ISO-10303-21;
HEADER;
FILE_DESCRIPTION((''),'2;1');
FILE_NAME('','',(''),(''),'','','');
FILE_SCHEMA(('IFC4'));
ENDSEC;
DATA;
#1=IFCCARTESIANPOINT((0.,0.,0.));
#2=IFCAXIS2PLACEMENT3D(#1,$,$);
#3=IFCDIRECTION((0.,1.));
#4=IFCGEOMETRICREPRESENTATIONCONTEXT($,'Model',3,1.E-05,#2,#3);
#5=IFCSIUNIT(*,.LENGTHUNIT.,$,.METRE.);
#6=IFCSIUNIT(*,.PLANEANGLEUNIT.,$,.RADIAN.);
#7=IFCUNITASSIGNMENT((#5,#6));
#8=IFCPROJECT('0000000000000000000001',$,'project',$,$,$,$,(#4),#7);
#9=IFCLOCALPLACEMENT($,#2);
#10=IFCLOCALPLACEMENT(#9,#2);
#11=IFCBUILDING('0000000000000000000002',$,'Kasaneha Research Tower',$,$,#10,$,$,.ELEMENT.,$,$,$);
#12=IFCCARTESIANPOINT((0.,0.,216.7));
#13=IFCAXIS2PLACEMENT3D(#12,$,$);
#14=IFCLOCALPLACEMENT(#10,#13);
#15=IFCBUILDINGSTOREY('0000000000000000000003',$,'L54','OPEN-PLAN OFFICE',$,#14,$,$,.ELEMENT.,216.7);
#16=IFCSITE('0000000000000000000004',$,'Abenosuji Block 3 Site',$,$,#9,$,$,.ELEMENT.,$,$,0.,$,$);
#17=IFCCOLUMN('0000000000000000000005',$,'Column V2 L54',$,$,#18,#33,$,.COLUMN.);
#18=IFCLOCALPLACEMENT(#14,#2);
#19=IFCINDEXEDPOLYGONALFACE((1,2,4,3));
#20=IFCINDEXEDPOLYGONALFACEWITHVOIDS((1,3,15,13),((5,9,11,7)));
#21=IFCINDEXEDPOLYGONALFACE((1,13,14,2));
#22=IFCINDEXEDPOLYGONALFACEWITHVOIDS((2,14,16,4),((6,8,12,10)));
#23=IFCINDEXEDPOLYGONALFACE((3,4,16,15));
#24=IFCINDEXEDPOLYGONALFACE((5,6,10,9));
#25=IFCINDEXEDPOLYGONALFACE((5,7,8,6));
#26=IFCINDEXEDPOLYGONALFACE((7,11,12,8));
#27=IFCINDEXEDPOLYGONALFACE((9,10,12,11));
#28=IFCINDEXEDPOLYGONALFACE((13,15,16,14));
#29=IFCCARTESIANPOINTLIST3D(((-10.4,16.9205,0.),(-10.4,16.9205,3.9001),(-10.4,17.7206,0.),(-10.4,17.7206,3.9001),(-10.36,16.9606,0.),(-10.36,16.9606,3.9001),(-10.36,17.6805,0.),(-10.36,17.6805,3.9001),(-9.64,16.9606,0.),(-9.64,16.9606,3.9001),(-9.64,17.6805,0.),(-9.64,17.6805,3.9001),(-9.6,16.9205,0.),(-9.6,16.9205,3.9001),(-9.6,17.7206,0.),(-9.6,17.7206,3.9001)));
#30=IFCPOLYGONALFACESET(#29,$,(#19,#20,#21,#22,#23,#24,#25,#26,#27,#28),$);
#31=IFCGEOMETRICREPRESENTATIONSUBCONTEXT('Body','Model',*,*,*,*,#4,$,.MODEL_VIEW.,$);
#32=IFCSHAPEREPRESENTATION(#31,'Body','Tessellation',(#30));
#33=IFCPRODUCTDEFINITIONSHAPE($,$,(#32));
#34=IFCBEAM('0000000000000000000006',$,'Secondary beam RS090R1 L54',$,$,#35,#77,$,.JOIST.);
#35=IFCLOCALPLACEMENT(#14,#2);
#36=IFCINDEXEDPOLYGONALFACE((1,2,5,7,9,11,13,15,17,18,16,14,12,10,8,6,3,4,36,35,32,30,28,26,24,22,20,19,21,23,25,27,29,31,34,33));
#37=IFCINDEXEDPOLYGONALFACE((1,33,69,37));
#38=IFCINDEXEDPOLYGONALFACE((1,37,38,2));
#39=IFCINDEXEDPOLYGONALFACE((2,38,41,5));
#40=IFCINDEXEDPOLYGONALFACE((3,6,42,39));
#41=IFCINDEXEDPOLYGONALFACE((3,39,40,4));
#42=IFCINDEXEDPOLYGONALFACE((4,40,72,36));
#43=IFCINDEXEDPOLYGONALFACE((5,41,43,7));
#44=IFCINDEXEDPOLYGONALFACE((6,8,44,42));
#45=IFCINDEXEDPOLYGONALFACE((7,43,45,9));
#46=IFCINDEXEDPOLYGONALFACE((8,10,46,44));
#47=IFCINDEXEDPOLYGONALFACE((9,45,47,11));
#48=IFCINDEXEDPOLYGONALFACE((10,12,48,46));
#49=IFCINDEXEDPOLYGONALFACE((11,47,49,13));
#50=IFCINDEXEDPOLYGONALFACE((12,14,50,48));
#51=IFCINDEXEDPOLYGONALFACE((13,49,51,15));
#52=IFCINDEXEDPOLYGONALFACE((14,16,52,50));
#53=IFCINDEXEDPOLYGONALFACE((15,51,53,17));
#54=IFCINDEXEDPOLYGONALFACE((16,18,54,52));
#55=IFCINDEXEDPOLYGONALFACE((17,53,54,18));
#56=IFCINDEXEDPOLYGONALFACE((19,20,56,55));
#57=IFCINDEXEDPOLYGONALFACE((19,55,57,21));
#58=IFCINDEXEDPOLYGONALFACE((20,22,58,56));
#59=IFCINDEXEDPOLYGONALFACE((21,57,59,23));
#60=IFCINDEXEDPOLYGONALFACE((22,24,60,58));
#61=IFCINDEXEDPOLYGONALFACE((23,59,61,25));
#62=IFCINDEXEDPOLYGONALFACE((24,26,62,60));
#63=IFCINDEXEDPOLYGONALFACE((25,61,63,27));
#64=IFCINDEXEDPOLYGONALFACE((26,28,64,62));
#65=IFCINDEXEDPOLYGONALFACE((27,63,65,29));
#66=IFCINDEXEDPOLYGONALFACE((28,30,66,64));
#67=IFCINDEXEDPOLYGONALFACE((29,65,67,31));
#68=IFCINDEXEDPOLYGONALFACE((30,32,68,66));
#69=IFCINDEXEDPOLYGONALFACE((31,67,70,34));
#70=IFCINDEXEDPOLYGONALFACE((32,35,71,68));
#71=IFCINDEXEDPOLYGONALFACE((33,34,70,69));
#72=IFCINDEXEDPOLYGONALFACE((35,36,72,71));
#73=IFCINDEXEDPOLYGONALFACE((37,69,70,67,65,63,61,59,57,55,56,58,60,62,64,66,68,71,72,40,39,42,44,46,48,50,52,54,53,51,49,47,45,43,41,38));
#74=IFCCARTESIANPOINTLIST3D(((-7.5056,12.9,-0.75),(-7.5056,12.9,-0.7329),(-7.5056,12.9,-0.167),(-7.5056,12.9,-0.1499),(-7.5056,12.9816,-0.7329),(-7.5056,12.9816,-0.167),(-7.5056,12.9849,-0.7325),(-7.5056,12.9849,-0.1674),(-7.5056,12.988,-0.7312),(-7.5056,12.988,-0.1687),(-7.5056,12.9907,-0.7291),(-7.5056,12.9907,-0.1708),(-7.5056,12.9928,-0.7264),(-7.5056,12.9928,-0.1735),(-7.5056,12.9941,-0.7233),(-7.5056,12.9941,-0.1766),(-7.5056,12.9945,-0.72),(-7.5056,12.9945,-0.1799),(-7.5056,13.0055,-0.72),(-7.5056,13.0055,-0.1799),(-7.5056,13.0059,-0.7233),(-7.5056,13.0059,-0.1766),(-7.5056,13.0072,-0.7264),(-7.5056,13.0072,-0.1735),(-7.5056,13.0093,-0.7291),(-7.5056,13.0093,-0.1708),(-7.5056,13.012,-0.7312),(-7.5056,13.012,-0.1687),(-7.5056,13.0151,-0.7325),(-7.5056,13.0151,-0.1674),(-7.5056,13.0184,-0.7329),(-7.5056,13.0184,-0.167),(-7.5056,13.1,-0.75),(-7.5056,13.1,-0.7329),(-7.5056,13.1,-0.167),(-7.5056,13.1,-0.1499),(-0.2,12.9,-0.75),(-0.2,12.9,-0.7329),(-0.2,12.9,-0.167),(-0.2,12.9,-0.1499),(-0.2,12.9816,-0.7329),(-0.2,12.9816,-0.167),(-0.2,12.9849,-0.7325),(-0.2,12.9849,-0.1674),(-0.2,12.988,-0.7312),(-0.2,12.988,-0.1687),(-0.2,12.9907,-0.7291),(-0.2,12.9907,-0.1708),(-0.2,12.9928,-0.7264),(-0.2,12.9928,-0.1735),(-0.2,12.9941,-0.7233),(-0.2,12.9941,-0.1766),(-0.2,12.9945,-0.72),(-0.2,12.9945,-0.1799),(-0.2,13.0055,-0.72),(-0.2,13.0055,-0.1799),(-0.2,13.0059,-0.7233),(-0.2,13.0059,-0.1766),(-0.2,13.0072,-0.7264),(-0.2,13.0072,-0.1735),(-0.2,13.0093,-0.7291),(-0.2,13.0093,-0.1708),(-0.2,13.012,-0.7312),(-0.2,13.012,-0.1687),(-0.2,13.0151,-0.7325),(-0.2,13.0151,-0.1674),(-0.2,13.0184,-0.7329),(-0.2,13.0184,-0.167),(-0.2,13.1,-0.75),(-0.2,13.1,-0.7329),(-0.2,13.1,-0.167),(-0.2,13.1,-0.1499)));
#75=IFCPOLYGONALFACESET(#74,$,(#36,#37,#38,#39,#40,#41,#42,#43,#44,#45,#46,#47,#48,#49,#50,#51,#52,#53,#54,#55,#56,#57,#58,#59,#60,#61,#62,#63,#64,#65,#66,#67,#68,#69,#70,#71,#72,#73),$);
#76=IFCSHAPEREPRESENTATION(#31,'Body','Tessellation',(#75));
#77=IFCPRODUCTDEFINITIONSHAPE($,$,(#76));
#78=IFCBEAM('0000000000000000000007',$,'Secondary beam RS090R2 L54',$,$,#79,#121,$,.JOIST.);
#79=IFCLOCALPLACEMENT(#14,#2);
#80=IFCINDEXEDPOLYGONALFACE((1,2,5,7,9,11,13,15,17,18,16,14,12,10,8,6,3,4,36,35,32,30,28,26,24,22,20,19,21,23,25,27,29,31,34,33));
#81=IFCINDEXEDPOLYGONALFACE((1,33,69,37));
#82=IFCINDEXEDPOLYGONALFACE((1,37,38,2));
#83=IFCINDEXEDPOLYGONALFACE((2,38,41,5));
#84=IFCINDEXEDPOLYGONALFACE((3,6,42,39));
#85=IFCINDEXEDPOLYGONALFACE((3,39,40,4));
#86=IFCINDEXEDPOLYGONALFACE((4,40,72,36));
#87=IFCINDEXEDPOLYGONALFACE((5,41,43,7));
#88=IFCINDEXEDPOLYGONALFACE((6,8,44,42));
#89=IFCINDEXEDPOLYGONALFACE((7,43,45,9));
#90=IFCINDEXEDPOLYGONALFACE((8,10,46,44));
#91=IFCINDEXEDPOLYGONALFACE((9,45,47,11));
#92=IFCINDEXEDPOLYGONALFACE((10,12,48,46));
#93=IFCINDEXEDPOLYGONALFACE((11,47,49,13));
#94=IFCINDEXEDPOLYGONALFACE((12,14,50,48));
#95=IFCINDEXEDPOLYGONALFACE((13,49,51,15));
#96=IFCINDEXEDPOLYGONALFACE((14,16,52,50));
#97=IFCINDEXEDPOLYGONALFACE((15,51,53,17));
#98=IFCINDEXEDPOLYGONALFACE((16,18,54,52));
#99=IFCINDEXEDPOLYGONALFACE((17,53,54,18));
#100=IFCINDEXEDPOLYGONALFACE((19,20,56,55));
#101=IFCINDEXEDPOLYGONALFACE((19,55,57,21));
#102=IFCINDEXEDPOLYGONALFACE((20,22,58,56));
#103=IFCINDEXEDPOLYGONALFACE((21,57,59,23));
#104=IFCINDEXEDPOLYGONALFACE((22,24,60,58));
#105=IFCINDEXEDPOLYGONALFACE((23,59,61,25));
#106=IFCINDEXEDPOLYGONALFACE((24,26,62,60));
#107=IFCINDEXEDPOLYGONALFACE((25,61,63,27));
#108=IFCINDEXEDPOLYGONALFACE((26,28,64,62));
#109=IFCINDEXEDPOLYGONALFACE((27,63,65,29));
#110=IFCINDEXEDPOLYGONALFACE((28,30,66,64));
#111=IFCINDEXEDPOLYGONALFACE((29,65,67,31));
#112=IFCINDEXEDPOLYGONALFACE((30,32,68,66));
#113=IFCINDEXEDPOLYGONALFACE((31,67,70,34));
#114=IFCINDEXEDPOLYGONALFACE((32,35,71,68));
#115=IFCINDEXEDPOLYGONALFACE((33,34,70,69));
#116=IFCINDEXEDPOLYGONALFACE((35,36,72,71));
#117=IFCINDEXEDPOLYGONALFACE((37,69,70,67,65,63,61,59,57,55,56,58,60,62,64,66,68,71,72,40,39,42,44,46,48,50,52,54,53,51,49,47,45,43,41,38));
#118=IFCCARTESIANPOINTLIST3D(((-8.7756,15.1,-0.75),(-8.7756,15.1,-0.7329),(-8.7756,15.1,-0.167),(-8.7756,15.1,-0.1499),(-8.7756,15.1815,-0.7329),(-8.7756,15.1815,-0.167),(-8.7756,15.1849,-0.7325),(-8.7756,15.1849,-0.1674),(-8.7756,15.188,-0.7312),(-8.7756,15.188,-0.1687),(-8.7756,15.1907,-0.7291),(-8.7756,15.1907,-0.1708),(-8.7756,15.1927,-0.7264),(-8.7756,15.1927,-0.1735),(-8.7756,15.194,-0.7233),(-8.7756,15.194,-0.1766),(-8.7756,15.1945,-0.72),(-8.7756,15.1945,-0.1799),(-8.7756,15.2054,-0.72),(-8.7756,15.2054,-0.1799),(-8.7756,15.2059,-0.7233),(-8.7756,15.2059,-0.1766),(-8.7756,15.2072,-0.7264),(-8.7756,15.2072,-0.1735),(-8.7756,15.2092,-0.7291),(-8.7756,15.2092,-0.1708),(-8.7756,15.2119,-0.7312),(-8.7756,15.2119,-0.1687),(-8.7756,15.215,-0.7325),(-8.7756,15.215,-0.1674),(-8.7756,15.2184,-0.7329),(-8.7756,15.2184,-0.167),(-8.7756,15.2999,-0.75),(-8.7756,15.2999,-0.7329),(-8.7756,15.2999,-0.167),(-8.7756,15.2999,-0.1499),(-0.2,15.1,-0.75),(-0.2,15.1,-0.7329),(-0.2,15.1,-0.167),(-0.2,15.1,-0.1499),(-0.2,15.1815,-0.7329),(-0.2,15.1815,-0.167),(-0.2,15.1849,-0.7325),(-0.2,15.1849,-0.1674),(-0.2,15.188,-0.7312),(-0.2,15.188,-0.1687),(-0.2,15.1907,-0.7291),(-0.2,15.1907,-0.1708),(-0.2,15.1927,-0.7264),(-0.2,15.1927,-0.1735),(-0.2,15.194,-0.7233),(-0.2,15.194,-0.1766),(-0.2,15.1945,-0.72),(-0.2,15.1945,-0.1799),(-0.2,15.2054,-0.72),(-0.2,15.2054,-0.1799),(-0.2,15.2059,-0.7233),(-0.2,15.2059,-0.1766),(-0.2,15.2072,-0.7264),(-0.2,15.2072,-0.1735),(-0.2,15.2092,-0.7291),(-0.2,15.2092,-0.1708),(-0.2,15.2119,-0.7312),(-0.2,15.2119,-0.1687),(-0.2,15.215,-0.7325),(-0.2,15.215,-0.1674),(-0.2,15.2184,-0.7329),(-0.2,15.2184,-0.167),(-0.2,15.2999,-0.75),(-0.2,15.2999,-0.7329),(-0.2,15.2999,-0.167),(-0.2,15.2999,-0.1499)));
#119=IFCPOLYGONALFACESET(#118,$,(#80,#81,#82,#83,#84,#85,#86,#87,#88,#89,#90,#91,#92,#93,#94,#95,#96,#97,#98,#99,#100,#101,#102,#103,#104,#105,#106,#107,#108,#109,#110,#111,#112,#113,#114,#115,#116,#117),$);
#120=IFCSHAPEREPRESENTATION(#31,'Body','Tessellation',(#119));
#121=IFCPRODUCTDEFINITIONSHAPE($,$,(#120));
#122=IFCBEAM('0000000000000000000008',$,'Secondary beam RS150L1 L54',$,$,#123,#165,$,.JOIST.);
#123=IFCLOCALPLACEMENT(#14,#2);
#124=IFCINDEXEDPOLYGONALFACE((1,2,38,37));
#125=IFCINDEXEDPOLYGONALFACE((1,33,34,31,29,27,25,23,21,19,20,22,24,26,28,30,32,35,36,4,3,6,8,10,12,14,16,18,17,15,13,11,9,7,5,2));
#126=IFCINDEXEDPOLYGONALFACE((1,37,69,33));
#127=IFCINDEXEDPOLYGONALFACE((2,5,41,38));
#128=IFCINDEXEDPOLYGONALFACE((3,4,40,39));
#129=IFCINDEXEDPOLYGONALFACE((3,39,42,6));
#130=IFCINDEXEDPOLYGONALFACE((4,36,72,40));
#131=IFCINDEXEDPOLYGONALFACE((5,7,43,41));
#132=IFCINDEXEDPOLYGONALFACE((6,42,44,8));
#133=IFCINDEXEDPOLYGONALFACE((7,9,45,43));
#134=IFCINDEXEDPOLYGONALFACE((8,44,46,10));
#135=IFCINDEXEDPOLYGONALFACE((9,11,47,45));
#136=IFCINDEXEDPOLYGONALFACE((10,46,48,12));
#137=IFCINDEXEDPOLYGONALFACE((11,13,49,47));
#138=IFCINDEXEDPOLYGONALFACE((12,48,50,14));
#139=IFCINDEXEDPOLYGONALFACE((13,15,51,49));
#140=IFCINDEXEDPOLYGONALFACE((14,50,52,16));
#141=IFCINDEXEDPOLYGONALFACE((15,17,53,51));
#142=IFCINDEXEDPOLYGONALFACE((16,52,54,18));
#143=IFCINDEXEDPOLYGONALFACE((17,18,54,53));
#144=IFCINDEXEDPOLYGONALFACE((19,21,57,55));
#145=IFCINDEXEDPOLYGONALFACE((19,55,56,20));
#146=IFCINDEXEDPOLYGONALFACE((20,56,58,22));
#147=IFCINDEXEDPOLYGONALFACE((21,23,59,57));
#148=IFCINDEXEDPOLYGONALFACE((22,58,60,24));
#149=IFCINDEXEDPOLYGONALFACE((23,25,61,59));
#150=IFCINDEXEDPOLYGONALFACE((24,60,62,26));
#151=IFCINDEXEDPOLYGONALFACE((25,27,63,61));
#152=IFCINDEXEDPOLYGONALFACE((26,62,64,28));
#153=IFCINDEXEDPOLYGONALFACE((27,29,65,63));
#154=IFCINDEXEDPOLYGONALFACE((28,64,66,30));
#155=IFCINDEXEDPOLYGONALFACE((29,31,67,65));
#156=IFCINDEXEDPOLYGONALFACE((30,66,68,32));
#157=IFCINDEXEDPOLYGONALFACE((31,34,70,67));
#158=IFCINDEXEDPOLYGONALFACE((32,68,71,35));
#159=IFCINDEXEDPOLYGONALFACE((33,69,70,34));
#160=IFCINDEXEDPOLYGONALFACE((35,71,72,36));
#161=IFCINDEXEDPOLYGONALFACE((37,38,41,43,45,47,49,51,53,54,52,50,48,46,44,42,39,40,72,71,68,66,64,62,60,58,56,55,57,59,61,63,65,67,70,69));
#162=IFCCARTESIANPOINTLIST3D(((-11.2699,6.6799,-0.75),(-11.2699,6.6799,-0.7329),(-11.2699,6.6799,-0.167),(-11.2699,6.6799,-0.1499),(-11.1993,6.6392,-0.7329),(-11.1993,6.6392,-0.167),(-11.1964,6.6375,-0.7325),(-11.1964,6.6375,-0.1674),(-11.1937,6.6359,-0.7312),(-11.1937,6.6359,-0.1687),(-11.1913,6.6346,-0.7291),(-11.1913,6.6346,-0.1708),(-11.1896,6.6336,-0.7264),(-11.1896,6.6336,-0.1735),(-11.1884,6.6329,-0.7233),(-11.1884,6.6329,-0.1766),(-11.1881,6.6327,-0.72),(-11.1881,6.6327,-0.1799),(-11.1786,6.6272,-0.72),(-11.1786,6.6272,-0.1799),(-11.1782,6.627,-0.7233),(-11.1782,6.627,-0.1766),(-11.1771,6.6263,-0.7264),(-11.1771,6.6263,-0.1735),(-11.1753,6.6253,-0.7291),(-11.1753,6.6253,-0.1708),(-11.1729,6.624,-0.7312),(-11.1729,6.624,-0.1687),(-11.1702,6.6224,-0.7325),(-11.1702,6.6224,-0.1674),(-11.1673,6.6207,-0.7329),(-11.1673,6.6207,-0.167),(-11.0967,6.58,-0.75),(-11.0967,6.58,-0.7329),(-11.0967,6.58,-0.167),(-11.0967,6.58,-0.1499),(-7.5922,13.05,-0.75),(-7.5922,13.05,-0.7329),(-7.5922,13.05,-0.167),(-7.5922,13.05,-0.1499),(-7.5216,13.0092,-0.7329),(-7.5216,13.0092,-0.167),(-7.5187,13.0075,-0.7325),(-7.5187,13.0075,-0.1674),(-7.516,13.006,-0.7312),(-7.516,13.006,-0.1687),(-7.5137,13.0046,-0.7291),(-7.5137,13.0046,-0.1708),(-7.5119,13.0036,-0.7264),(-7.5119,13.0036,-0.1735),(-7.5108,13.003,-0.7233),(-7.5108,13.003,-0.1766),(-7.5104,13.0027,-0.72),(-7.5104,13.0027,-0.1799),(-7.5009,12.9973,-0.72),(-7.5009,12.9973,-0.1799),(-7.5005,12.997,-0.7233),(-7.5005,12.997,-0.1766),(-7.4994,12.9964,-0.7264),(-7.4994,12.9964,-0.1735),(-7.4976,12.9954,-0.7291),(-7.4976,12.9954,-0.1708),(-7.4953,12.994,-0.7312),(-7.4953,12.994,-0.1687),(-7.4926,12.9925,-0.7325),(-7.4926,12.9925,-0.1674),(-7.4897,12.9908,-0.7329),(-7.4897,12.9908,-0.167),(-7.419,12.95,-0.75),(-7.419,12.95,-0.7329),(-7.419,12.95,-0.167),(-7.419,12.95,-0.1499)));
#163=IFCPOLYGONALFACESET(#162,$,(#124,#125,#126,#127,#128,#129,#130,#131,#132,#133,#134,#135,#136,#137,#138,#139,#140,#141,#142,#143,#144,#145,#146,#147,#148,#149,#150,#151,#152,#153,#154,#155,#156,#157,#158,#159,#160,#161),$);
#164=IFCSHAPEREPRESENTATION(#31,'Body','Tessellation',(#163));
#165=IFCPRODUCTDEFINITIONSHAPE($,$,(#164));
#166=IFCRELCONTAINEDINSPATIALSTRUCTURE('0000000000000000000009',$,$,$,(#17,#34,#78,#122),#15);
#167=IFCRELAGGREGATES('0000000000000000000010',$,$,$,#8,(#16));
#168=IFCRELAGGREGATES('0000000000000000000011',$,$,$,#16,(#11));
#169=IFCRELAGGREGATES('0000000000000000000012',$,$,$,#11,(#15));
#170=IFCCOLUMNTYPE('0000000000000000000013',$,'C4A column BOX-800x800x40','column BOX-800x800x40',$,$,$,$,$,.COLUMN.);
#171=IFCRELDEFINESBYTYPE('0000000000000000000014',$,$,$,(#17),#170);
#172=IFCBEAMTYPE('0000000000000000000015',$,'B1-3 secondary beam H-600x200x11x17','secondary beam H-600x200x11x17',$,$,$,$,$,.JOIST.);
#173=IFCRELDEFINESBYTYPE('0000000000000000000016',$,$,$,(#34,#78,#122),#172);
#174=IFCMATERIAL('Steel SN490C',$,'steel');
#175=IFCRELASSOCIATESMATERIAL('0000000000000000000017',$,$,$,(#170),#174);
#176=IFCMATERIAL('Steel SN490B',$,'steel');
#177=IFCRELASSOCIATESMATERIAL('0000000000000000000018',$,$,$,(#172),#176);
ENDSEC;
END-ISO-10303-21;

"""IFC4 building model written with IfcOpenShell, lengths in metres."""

from ifc_helpers import new_model, si_unit, direction, frame, origin, origin_2d, place, context, subcontext, project, spatial, hollow_rectangle, i_section, extrude, material, material_profile, profile_set, type_object, element, save


model = new_model("IFC4")

# Units and contexts
model_context = context("Model", 3, precision=1e-05, world=origin(), true_north=direction((0.0, 1.0)))
body_context = subcontext(model_context, "Body", "Model", "MODEL_VIEW")
ifc_project = project(units=[si_unit("LENGTHUNIT", "METRE"), si_unit("PLANEANGLEUNIT", "RADIAN")], contexts=[model_context])

# Site, building, storey
site_placement = place(None, origin())
site = spatial("IfcSite", under=ifc_project, at=site_placement, Name="Abenosuji Block 3 Site", CompositionType="ELEMENT", RefElevation=0.0)
building_placement = place(site_placement, origin())
building = spatial("IfcBuilding", under=site, at=building_placement, Name="Kasaneha Research Tower", CompositionType="ELEMENT")
storey_placement = place(building_placement, frame((0.0, 0.0, 216.7)))
storey = spatial("IfcBuildingStorey", under=building, at=storey_placement, Name="L54", Description="OPEN-PLAN OFFICE", CompositionType="ELEMENT", Elevation=216.7)

# Column
ifc_material_1 = material(Name="Steel SN490C", Category="steel")
ifc_material_profile_1 = material_profile(ifc_material_1, hollow_rectangle(XDim=0.8, YDim=0.8, WallThickness=0.04, at=origin_2d()), Name="BOX-800x800x40")
ifc_profile_set_1 = profile_set([ifc_material_profile_1], Name="Steel SN490C")
column_type = type_object("IfcColumnType", Name="C4A column BOX-800x800x40", Description="column BOX-800x800x40", PredefinedType="COLUMN", material=ifc_profile_set_1)
column_placement = place(storey_placement, frame((-10.0, 17.3206, 0.0), z_axis=(0.0, 0.0, 1.0), x_axis=(1.0, 0.0, 0.0)))
element("IfcColumn", 1, at=column_placement, inside=storey, type_object=column_type, Name="Column V2 L54", PredefinedType="COLUMN", context=body_context, shape_type="SweptSolid", body=[
    extrude(hollow_rectangle(XDim=0.8, YDim=0.8, WallThickness=0.04, at=origin_2d()), origin(), (0.0, 0.0, 1.0), 3.9001),
])

# Beams
ifc_material_2 = material(Name="Steel SN490B", Category="steel")
ifc_material_profile_2 = material_profile(ifc_material_2, i_section(OverallWidth=0.2, OverallDepth=0.6001, WebThickness=0.011, FlangeThickness=0.0171, FilletRadius=0.0129, at=origin_2d()), Name="H-600x200x11x17")
ifc_profile_set_2 = profile_set([ifc_material_profile_2], Name="Steel SN490B")
beam_type_1 = type_object("IfcBeamType", Name="B1-3 secondary beam H-600x200x11x17", Description="secondary beam H-600x200x11x17", PredefinedType="JOIST", material=ifc_profile_set_2)
beam_1_placement = place(storey_placement, frame((-7.5056, 13.0, -0.45), z_axis=(1.0, 0.0, 0.0), x_axis=(0.0, 1.0, 0.0)))
element("IfcBeam", 2, at=beam_1_placement, inside=storey, type_object=beam_type_1, Name="Secondary beam RS090R1 L54", PredefinedType="JOIST", context=body_context, shape_type="SweptSolid", body=[
    extrude(i_section(OverallWidth=0.2, OverallDepth=0.6001, WebThickness=0.011, FlangeThickness=0.0171, FilletRadius=0.0129, at=origin_2d()), origin(), (0.0, 0.0, 1.0), 7.3057),
])
beam_2_placement = place(storey_placement, frame((-8.7756, 15.2, -0.45), z_axis=(1.0, 0.0, 0.0), x_axis=(0.0, 1.0, 0.0)))
element("IfcBeam", 3, at=beam_2_placement, inside=storey, type_object=beam_type_1, Name="Secondary beam RS090R2 L54", PredefinedType="JOIST", context=body_context, shape_type="SweptSolid", body=[
    extrude(i_section(OverallWidth=0.2, OverallDepth=0.6001, WebThickness=0.011, FlangeThickness=0.0171, FilletRadius=0.0129, at=origin_2d()), origin(), (0.0, 0.0, 1.0), 8.5757),
])
beam_3_placement = place(storey_placement, frame((-7.5056, 13.0, -0.45), z_axis=(-0.499994, -0.866029, 0.0), x_axis=(0.866029, -0.499994, 0.0)))
element("IfcBeam", 4, at=beam_3_placement, inside=storey, type_object=beam_type_1, Name="Secondary beam RS150L1 L54", PredefinedType="JOIST", context=body_context, shape_type="SweptSolid", body=[
    extrude(i_section(OverallWidth=0.2, OverallDepth=0.6001, WebThickness=0.011, FlangeThickness=0.0171, FilletRadius=0.0129, at=origin_2d()), origin(), (0.0, 0.0, 1.0), 7.3555),
])

save(model, "model.ifc")
